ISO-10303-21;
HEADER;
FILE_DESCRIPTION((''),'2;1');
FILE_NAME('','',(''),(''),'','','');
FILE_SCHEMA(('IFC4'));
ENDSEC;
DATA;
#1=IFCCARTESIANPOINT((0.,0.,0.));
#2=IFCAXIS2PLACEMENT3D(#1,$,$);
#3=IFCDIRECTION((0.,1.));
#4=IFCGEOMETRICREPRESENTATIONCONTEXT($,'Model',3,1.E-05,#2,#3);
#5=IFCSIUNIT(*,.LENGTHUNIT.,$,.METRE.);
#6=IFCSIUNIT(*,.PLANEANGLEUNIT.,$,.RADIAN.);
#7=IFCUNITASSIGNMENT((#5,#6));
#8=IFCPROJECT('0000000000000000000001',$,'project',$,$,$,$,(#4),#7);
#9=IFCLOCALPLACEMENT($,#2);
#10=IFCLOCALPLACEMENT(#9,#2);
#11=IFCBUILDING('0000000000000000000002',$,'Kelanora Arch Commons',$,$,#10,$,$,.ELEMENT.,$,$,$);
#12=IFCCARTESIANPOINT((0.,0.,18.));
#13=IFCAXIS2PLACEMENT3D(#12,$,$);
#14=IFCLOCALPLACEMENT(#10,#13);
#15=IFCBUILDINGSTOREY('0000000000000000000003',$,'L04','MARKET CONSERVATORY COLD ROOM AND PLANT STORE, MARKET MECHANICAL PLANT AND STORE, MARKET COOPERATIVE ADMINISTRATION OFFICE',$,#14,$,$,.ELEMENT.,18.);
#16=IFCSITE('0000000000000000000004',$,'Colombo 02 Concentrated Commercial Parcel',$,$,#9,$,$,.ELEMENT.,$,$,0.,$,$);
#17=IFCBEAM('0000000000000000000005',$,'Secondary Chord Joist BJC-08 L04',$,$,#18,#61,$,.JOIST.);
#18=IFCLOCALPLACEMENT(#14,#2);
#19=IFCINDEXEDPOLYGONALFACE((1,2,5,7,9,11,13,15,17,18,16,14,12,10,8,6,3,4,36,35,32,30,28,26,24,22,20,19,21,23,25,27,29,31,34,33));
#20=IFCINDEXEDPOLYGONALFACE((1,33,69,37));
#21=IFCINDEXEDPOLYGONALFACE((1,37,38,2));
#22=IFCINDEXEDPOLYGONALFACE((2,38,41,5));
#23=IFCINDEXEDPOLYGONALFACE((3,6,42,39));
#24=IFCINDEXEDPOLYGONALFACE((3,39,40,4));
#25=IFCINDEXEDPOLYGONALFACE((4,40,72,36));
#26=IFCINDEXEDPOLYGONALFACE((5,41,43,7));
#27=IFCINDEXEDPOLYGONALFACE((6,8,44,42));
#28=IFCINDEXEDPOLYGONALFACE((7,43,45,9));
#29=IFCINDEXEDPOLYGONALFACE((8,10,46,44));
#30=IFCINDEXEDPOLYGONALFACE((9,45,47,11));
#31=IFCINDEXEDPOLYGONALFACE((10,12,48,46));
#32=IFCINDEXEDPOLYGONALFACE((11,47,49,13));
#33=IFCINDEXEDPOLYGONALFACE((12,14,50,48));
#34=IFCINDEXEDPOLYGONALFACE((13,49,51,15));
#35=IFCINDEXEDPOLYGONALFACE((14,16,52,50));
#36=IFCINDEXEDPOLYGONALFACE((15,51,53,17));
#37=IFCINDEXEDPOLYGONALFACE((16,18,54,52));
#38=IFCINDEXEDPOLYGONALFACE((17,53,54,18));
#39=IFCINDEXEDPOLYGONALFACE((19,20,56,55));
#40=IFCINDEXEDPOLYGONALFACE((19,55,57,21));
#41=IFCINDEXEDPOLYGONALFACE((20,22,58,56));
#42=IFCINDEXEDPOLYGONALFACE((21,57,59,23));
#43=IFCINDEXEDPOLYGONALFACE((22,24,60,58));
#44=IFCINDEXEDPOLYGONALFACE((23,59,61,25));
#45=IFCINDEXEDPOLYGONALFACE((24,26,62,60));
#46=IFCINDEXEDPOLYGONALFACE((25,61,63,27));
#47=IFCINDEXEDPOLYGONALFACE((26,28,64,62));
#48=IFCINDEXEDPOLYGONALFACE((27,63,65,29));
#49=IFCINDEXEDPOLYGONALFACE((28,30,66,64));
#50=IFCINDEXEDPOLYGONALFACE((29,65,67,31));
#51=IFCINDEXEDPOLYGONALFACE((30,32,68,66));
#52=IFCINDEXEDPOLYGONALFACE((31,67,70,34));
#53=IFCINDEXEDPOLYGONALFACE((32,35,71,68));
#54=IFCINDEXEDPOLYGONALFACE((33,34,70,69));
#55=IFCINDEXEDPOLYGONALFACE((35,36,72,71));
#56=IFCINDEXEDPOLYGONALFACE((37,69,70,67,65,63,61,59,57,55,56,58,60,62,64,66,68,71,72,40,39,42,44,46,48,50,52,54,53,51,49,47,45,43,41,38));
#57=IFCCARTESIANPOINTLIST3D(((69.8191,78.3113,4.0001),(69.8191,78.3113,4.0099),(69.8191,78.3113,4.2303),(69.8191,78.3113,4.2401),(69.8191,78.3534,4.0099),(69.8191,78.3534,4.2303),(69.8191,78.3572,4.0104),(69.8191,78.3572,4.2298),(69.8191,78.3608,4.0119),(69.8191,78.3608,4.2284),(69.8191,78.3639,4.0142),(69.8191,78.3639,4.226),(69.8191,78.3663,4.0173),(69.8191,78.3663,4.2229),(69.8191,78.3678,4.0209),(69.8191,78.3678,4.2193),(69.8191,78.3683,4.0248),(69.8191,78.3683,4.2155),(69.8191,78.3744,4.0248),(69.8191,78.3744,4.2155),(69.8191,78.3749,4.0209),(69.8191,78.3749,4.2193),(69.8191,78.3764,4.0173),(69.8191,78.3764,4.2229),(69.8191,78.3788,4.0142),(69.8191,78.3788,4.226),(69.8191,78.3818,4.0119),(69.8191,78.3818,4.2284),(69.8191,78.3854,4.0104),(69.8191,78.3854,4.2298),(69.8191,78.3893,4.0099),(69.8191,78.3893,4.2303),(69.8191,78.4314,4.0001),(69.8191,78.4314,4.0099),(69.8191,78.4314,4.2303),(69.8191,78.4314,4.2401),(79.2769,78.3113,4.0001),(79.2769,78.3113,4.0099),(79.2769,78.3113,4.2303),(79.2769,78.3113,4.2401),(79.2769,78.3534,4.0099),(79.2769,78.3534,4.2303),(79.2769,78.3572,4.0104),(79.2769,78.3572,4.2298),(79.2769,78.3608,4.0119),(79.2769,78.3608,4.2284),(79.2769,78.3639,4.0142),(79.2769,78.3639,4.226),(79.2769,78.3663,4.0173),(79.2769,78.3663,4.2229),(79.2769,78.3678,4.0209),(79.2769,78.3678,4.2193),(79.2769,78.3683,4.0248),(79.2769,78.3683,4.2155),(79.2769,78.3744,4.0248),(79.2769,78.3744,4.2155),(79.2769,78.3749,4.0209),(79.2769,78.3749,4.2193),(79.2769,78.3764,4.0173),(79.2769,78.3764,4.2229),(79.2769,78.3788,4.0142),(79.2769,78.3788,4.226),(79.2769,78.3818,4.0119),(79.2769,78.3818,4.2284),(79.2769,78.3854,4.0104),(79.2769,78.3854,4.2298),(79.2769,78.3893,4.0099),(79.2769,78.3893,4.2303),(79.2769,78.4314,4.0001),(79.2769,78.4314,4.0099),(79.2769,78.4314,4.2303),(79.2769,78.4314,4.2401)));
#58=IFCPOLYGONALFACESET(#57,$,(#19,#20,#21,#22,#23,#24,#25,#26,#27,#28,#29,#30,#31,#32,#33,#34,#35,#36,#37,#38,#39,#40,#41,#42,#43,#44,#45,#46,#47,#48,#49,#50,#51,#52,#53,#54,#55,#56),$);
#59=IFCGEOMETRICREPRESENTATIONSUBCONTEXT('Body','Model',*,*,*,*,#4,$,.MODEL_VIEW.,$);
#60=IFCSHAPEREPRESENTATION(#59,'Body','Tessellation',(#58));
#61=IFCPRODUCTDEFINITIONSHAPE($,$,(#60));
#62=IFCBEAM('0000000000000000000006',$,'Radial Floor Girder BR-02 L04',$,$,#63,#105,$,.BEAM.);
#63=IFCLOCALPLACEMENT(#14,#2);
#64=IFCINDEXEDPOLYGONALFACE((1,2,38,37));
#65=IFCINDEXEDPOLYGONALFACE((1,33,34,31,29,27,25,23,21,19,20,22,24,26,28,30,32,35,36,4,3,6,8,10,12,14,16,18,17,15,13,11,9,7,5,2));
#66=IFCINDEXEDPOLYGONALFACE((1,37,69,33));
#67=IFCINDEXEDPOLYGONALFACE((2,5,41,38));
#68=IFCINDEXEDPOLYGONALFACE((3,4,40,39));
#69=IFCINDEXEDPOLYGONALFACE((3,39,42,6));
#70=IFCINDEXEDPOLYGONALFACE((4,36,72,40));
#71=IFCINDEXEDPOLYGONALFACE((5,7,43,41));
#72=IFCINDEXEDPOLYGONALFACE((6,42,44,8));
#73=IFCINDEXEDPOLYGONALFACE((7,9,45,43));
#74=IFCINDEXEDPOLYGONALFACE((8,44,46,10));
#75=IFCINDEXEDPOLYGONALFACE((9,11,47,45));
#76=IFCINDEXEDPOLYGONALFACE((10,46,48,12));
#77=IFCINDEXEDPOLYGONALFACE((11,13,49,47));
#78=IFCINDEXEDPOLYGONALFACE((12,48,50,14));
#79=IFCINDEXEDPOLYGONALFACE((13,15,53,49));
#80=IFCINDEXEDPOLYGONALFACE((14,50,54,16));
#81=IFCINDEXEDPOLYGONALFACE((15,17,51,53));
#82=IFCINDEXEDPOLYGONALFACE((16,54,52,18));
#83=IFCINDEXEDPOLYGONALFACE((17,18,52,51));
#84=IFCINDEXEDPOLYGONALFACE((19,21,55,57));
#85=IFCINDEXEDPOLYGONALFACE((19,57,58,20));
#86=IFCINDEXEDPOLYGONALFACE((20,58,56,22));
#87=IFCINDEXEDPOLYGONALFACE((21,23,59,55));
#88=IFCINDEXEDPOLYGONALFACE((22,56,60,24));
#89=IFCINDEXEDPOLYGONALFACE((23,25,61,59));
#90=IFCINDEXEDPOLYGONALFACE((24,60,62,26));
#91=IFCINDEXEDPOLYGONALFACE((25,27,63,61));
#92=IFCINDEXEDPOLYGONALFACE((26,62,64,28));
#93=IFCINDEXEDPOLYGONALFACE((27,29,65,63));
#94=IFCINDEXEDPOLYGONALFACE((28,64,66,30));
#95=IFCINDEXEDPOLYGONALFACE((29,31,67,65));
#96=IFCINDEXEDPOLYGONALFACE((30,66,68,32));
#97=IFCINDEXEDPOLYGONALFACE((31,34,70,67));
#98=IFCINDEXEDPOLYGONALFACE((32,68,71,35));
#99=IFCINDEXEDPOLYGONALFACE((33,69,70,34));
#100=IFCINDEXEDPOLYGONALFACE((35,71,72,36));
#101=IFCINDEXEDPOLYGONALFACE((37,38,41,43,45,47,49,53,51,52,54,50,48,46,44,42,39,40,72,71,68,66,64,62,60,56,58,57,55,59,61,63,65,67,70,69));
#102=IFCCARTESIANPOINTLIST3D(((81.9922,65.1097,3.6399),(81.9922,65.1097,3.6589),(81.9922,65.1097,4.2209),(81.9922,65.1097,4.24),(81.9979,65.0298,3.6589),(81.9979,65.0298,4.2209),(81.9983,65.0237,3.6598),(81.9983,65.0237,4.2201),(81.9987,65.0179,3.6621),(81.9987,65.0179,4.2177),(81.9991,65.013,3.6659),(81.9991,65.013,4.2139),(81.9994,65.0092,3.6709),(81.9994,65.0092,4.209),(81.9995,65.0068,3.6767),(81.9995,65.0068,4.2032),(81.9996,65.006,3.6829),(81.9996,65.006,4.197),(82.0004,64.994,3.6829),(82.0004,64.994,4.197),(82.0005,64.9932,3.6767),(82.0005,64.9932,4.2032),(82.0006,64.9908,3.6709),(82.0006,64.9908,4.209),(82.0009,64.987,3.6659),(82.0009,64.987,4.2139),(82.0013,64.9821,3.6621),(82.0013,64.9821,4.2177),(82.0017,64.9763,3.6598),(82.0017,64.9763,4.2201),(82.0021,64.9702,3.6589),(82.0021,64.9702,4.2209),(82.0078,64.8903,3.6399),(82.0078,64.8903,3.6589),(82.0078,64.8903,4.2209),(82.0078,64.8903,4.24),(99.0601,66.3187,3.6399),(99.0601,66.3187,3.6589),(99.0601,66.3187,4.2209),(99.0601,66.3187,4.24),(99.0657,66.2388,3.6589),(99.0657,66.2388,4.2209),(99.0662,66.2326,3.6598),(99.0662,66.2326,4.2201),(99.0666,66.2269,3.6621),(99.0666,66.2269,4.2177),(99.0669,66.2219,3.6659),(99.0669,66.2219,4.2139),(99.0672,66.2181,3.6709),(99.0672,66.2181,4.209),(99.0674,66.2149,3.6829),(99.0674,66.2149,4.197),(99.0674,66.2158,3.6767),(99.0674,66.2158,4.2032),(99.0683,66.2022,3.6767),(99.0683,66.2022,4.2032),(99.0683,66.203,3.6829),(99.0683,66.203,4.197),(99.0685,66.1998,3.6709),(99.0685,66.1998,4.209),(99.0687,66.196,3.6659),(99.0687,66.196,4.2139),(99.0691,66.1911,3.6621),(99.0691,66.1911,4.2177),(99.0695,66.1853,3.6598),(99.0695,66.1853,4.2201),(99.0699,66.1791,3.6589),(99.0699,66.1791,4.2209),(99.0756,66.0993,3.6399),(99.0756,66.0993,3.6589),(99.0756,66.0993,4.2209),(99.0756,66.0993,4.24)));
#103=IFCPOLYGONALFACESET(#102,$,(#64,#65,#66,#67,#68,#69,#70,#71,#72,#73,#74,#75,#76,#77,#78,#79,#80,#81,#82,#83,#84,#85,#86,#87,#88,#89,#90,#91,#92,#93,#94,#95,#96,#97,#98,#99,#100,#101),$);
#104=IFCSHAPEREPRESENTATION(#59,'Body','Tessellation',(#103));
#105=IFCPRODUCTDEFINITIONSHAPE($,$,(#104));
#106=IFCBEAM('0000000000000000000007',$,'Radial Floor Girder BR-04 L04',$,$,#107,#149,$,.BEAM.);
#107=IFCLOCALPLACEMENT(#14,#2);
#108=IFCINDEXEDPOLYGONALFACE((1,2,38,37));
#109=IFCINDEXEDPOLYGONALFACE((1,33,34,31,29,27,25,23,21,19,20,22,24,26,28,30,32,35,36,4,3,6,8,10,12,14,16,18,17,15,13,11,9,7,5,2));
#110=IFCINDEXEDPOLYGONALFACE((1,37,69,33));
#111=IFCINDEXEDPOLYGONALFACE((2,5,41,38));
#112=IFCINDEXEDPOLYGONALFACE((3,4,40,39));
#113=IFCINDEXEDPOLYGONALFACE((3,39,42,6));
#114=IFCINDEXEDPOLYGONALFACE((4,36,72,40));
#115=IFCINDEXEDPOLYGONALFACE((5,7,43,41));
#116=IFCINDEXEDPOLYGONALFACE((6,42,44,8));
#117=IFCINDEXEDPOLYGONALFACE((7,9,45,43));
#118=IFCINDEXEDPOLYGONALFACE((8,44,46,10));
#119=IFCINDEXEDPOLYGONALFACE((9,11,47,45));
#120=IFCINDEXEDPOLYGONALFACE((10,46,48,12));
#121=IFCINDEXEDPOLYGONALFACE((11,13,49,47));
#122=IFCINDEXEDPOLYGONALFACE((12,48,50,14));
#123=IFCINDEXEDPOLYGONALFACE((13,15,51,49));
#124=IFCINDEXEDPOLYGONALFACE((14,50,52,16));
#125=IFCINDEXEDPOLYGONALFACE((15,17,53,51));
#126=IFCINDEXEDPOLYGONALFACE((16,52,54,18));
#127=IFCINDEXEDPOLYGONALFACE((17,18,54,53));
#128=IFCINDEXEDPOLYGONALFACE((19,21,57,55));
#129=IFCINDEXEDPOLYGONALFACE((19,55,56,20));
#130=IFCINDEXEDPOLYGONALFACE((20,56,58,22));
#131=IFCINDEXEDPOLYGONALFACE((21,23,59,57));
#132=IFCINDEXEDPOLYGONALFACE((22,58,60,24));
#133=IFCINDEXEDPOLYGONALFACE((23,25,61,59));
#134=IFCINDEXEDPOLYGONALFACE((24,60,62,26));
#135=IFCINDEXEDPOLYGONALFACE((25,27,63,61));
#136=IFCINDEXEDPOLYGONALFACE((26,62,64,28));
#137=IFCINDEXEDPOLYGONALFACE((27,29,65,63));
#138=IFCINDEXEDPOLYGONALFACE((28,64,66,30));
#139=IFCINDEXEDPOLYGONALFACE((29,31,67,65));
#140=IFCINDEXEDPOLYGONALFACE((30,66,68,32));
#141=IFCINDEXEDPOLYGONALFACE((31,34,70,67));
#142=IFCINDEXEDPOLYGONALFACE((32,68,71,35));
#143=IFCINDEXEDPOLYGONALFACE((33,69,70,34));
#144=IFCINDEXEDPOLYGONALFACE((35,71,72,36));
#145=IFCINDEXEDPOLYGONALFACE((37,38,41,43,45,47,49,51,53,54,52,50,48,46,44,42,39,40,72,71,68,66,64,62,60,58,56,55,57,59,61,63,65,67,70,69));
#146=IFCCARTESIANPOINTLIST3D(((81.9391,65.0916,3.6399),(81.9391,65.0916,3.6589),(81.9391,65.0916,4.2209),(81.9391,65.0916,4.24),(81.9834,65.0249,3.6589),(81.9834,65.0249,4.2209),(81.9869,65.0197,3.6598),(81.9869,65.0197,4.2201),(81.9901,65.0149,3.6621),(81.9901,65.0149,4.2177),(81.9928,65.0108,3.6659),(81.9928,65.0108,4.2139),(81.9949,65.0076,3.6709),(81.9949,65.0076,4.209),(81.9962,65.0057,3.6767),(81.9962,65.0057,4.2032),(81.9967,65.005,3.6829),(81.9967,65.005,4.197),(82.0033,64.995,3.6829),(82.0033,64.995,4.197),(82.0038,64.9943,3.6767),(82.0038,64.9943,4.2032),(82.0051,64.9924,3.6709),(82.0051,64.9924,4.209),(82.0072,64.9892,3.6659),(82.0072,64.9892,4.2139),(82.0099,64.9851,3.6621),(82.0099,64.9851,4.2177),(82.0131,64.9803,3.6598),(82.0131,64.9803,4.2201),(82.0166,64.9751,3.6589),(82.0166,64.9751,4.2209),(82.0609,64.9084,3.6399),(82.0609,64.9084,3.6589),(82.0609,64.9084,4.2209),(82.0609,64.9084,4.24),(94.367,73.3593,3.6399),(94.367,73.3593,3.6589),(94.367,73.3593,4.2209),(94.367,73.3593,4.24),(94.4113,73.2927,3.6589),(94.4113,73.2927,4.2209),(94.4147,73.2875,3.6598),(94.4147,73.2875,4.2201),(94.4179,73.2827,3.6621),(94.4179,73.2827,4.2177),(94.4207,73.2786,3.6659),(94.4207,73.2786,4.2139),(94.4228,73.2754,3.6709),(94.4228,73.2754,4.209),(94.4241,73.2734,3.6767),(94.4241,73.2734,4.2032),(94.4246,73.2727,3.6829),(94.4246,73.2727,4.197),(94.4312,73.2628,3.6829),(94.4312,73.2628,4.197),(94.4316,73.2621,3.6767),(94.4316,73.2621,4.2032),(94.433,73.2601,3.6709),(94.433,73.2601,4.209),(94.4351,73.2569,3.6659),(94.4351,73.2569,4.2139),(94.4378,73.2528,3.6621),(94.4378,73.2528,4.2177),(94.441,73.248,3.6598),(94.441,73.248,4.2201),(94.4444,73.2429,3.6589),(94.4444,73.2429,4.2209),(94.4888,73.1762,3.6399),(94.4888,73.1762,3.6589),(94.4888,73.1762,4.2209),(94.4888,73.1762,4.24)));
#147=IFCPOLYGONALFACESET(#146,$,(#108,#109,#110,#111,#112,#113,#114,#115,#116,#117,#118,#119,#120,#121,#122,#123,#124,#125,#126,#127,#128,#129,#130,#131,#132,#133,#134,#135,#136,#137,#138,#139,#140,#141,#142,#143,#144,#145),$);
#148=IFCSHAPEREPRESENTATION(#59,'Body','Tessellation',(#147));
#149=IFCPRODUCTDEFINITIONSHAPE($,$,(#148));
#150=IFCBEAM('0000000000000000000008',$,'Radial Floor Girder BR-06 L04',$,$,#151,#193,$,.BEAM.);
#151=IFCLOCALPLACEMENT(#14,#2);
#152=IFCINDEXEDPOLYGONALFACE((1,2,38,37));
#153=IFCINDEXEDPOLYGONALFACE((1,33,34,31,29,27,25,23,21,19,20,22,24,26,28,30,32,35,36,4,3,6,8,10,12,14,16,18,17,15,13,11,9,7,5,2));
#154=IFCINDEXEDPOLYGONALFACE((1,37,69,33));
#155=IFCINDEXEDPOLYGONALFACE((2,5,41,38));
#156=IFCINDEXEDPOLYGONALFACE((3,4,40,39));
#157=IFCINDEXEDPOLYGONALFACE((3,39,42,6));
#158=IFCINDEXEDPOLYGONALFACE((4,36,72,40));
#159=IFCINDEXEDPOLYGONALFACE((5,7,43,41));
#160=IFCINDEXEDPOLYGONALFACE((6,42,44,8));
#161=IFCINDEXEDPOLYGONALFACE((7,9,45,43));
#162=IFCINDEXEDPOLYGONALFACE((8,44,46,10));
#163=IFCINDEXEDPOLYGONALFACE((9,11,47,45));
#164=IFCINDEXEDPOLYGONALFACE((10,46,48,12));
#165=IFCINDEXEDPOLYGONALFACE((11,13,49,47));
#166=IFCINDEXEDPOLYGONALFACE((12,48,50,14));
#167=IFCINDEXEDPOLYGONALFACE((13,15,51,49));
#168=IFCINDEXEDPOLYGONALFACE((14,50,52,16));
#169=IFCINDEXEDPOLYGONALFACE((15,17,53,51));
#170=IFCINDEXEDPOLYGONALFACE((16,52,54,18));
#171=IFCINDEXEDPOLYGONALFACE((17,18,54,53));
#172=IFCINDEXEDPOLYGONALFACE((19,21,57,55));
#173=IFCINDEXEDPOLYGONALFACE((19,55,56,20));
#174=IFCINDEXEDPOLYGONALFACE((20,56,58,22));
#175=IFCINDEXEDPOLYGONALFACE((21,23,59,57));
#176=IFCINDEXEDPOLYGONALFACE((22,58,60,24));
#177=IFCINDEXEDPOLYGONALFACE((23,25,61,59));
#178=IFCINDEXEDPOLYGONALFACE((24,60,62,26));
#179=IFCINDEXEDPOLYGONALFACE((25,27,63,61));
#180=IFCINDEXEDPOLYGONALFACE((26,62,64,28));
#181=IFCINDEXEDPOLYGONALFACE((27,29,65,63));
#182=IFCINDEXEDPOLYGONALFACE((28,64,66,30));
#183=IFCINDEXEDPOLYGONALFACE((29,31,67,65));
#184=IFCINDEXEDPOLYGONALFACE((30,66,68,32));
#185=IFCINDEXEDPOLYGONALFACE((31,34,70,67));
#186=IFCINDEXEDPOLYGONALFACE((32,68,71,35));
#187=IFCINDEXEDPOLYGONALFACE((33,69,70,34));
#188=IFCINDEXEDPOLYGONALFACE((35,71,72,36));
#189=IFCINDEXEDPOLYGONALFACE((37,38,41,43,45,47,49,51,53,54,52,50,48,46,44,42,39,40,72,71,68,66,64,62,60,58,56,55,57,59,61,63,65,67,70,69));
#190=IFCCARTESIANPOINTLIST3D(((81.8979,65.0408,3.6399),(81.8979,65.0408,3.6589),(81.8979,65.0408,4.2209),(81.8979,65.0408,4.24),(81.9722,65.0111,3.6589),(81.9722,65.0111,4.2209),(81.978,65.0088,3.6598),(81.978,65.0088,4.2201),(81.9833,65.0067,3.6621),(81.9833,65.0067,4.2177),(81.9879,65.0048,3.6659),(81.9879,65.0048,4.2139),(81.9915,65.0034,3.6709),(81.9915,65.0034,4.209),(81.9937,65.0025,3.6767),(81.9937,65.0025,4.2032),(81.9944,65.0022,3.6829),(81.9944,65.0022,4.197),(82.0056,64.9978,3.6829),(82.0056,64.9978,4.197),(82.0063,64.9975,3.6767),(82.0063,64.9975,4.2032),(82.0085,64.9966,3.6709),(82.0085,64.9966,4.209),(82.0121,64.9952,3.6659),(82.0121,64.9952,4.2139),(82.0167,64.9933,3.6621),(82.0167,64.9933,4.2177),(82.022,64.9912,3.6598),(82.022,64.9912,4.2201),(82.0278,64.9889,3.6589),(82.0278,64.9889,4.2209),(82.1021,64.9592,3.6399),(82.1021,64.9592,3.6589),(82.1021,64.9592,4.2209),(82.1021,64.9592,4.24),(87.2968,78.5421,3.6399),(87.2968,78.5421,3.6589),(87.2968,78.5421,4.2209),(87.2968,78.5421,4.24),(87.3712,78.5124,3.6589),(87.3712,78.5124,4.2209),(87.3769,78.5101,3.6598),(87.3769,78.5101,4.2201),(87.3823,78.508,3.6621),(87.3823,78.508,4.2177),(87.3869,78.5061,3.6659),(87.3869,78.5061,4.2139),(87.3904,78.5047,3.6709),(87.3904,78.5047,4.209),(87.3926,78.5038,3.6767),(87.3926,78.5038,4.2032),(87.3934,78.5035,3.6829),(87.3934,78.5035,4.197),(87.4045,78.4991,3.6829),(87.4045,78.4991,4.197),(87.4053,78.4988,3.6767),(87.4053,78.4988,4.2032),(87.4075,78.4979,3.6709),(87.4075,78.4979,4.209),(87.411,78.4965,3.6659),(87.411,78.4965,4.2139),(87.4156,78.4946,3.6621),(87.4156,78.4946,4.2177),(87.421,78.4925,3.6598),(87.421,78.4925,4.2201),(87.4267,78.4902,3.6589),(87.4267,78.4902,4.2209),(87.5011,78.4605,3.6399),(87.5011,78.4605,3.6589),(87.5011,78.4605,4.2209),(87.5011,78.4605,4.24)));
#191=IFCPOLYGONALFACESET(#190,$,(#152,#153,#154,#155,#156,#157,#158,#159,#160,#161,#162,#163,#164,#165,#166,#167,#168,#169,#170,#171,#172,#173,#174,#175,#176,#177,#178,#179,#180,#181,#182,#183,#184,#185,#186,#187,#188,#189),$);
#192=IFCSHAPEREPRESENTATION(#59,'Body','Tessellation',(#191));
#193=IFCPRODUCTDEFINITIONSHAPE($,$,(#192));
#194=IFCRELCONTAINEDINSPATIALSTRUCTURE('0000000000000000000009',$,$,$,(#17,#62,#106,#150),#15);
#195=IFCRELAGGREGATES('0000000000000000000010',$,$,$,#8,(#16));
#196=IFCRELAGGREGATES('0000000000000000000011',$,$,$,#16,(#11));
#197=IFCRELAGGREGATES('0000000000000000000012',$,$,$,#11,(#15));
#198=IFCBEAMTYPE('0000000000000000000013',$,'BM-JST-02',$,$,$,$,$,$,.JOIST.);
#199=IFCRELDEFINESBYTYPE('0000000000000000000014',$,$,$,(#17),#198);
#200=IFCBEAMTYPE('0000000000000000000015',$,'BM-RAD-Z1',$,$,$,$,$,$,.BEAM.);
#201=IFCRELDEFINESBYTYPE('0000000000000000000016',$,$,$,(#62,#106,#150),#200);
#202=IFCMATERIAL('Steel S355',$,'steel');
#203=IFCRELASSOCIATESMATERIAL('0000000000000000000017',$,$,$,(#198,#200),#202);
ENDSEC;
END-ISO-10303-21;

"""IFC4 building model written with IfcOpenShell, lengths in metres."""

from ifc_helpers import new_model, si_unit, direction, frame, origin, origin_2d, place, context, subcontext, project, spatial, i_section, extrude, material, material_profile, profile_set, type_object, element, save


model = new_model("IFC4")

# Units and contexts
model_context = context("Model", 3, precision=1e-05, world=origin(), true_north=direction((0.0, 1.0)))
body_context = subcontext(model_context, "Body", "Model", "MODEL_VIEW")
ifc_project = project(units=[si_unit("LENGTHUNIT", "METRE"), si_unit("PLANEANGLEUNIT", "RADIAN")], contexts=[model_context])

# Site, building, storey
site_placement = place(None, origin())
site = spatial("IfcSite", under=ifc_project, at=site_placement, Name="Colombo 02 Concentrated Commercial Parcel", CompositionType="ELEMENT", RefElevation=0.0)
building_placement = place(site_placement, origin())
building = spatial("IfcBuilding", under=site, at=building_placement, Name="Kelanora Arch Commons", CompositionType="ELEMENT")
storey_placement = place(building_placement, frame((0.0, 0.0, 18.0)))
storey = spatial("IfcBuildingStorey", under=building, at=storey_placement, Name="L04", Description="MARKET CONSERVATORY COLD ROOM AND PLANT STORE, MARKET MECHANICAL PLANT AND STORE, MARKET COOPERATIVE ADMINISTRATION OFFICE", CompositionType="ELEMENT", Elevation=18.0)

# Beams
ifc_material_1 = material(Name="Steel S355", Category="steel")
ifc_material_profile_1 = material_profile(ifc_material_1, i_section(OverallWidth=0.1201, OverallDepth=0.24, WebThickness=0.0061, FlangeThickness=0.0098, FilletRadius=0.0149, at=origin_2d()), Name="IPE240")
ifc_profile_set_1 = profile_set([ifc_material_profile_1], Name="Steel S355")
beam_type_1 = type_object("IfcBeamType", Name="BM-JST-02", PredefinedType="JOIST", material=ifc_profile_set_1)
beam_1_placement = place(storey_placement, frame((79.2769, 78.3713, 4.1201), z_axis=(-1.0, 0.0, 0.0), x_axis=(0.0, -1.0, 0.0)))
element("IfcBeam", 1, at=beam_1_placement, inside=storey, type_object=beam_type_1, Name="Secondary Chord Joist BJC-08 L04", PredefinedType="JOIST", context=body_context, shape_type="SweptSolid", body=[
    extrude(i_section(OverallWidth=0.1201, OverallDepth=0.24, WebThickness=0.0061, FlangeThickness=0.0098, FilletRadius=0.0149, at=origin_2d()), origin(), (0.0, 0.0, 1.0), 9.4578),
])
ifc_material_profile_2 = material_profile(ifc_material_1, i_section(OverallWidth=0.22, OverallDepth=0.6001, WebThickness=0.012, FlangeThickness=0.019, FilletRadius=0.0239, at=origin_2d()), Name="IPE600")
ifc_profile_set_2 = profile_set([ifc_material_profile_2], Name="Steel S355")
beam_type_2 = type_object("IfcBeamType", Name="BM-RAD-Z1", PredefinedType="BEAM", material=ifc_profile_set_2)
beam_2_placement = place(storey_placement, frame((82.0, 65.0, 3.9399), z_axis=(0.997501, 0.070657, 0.0), x_axis=(-0.070657, 0.997501, 0.0)))
element("IfcBeam", 2, at=beam_2_placement, inside=storey, type_object=beam_type_2, Name="Radial Floor Girder BR-02 L04", PredefinedType="BEAM", context=body_context, shape_type="SweptSolid", body=[
    extrude(i_section(OverallWidth=0.22, OverallDepth=0.6001, WebThickness=0.012, FlangeThickness=0.019, FilletRadius=0.0239, at=origin_2d()), origin(), (0.0, 0.0, 1.0), 17.1106),
])
beam_3_placement = place(storey_placement, frame((82.0, 65.0, 3.9399), z_axis=(0.832591, 0.553888, 0.0), x_axis=(-0.553888, 0.832591, 0.0)))
element("IfcBeam", 3, at=beam_3_placement, inside=storey, type_object=beam_type_2, Name="Radial Floor Girder BR-04 L04", PredefinedType="BEAM", context=body_context, shape_type="SweptSolid", body=[
    extrude(i_section(OverallWidth=0.22, OverallDepth=0.6001, WebThickness=0.012, FlangeThickness=0.019, FilletRadius=0.0239, at=origin_2d()), origin(), (0.0, 0.0, 1.0), 14.9268),
])
beam_4_placement = place(storey_placement, frame((82.0, 65.0, 3.9399), z_axis=(0.371298, 0.928514, 0.0), x_axis=(-0.928514, 0.371298, 0.0)))
element("IfcBeam", 4, at=beam_4_placement, inside=storey, type_object=beam_type_2, Name="Radial Floor Girder BR-06 L04", PredefinedType="BEAM", context=body_context, shape_type="SweptSolid", body=[
    extrude(i_section(OverallWidth=0.22, OverallDepth=0.6001, WebThickness=0.012, FlangeThickness=0.019, FilletRadius=0.0239, at=origin_2d()), origin(), (0.0, 0.0, 1.0), 14.5408),
])

save(model, "model.ifc")
